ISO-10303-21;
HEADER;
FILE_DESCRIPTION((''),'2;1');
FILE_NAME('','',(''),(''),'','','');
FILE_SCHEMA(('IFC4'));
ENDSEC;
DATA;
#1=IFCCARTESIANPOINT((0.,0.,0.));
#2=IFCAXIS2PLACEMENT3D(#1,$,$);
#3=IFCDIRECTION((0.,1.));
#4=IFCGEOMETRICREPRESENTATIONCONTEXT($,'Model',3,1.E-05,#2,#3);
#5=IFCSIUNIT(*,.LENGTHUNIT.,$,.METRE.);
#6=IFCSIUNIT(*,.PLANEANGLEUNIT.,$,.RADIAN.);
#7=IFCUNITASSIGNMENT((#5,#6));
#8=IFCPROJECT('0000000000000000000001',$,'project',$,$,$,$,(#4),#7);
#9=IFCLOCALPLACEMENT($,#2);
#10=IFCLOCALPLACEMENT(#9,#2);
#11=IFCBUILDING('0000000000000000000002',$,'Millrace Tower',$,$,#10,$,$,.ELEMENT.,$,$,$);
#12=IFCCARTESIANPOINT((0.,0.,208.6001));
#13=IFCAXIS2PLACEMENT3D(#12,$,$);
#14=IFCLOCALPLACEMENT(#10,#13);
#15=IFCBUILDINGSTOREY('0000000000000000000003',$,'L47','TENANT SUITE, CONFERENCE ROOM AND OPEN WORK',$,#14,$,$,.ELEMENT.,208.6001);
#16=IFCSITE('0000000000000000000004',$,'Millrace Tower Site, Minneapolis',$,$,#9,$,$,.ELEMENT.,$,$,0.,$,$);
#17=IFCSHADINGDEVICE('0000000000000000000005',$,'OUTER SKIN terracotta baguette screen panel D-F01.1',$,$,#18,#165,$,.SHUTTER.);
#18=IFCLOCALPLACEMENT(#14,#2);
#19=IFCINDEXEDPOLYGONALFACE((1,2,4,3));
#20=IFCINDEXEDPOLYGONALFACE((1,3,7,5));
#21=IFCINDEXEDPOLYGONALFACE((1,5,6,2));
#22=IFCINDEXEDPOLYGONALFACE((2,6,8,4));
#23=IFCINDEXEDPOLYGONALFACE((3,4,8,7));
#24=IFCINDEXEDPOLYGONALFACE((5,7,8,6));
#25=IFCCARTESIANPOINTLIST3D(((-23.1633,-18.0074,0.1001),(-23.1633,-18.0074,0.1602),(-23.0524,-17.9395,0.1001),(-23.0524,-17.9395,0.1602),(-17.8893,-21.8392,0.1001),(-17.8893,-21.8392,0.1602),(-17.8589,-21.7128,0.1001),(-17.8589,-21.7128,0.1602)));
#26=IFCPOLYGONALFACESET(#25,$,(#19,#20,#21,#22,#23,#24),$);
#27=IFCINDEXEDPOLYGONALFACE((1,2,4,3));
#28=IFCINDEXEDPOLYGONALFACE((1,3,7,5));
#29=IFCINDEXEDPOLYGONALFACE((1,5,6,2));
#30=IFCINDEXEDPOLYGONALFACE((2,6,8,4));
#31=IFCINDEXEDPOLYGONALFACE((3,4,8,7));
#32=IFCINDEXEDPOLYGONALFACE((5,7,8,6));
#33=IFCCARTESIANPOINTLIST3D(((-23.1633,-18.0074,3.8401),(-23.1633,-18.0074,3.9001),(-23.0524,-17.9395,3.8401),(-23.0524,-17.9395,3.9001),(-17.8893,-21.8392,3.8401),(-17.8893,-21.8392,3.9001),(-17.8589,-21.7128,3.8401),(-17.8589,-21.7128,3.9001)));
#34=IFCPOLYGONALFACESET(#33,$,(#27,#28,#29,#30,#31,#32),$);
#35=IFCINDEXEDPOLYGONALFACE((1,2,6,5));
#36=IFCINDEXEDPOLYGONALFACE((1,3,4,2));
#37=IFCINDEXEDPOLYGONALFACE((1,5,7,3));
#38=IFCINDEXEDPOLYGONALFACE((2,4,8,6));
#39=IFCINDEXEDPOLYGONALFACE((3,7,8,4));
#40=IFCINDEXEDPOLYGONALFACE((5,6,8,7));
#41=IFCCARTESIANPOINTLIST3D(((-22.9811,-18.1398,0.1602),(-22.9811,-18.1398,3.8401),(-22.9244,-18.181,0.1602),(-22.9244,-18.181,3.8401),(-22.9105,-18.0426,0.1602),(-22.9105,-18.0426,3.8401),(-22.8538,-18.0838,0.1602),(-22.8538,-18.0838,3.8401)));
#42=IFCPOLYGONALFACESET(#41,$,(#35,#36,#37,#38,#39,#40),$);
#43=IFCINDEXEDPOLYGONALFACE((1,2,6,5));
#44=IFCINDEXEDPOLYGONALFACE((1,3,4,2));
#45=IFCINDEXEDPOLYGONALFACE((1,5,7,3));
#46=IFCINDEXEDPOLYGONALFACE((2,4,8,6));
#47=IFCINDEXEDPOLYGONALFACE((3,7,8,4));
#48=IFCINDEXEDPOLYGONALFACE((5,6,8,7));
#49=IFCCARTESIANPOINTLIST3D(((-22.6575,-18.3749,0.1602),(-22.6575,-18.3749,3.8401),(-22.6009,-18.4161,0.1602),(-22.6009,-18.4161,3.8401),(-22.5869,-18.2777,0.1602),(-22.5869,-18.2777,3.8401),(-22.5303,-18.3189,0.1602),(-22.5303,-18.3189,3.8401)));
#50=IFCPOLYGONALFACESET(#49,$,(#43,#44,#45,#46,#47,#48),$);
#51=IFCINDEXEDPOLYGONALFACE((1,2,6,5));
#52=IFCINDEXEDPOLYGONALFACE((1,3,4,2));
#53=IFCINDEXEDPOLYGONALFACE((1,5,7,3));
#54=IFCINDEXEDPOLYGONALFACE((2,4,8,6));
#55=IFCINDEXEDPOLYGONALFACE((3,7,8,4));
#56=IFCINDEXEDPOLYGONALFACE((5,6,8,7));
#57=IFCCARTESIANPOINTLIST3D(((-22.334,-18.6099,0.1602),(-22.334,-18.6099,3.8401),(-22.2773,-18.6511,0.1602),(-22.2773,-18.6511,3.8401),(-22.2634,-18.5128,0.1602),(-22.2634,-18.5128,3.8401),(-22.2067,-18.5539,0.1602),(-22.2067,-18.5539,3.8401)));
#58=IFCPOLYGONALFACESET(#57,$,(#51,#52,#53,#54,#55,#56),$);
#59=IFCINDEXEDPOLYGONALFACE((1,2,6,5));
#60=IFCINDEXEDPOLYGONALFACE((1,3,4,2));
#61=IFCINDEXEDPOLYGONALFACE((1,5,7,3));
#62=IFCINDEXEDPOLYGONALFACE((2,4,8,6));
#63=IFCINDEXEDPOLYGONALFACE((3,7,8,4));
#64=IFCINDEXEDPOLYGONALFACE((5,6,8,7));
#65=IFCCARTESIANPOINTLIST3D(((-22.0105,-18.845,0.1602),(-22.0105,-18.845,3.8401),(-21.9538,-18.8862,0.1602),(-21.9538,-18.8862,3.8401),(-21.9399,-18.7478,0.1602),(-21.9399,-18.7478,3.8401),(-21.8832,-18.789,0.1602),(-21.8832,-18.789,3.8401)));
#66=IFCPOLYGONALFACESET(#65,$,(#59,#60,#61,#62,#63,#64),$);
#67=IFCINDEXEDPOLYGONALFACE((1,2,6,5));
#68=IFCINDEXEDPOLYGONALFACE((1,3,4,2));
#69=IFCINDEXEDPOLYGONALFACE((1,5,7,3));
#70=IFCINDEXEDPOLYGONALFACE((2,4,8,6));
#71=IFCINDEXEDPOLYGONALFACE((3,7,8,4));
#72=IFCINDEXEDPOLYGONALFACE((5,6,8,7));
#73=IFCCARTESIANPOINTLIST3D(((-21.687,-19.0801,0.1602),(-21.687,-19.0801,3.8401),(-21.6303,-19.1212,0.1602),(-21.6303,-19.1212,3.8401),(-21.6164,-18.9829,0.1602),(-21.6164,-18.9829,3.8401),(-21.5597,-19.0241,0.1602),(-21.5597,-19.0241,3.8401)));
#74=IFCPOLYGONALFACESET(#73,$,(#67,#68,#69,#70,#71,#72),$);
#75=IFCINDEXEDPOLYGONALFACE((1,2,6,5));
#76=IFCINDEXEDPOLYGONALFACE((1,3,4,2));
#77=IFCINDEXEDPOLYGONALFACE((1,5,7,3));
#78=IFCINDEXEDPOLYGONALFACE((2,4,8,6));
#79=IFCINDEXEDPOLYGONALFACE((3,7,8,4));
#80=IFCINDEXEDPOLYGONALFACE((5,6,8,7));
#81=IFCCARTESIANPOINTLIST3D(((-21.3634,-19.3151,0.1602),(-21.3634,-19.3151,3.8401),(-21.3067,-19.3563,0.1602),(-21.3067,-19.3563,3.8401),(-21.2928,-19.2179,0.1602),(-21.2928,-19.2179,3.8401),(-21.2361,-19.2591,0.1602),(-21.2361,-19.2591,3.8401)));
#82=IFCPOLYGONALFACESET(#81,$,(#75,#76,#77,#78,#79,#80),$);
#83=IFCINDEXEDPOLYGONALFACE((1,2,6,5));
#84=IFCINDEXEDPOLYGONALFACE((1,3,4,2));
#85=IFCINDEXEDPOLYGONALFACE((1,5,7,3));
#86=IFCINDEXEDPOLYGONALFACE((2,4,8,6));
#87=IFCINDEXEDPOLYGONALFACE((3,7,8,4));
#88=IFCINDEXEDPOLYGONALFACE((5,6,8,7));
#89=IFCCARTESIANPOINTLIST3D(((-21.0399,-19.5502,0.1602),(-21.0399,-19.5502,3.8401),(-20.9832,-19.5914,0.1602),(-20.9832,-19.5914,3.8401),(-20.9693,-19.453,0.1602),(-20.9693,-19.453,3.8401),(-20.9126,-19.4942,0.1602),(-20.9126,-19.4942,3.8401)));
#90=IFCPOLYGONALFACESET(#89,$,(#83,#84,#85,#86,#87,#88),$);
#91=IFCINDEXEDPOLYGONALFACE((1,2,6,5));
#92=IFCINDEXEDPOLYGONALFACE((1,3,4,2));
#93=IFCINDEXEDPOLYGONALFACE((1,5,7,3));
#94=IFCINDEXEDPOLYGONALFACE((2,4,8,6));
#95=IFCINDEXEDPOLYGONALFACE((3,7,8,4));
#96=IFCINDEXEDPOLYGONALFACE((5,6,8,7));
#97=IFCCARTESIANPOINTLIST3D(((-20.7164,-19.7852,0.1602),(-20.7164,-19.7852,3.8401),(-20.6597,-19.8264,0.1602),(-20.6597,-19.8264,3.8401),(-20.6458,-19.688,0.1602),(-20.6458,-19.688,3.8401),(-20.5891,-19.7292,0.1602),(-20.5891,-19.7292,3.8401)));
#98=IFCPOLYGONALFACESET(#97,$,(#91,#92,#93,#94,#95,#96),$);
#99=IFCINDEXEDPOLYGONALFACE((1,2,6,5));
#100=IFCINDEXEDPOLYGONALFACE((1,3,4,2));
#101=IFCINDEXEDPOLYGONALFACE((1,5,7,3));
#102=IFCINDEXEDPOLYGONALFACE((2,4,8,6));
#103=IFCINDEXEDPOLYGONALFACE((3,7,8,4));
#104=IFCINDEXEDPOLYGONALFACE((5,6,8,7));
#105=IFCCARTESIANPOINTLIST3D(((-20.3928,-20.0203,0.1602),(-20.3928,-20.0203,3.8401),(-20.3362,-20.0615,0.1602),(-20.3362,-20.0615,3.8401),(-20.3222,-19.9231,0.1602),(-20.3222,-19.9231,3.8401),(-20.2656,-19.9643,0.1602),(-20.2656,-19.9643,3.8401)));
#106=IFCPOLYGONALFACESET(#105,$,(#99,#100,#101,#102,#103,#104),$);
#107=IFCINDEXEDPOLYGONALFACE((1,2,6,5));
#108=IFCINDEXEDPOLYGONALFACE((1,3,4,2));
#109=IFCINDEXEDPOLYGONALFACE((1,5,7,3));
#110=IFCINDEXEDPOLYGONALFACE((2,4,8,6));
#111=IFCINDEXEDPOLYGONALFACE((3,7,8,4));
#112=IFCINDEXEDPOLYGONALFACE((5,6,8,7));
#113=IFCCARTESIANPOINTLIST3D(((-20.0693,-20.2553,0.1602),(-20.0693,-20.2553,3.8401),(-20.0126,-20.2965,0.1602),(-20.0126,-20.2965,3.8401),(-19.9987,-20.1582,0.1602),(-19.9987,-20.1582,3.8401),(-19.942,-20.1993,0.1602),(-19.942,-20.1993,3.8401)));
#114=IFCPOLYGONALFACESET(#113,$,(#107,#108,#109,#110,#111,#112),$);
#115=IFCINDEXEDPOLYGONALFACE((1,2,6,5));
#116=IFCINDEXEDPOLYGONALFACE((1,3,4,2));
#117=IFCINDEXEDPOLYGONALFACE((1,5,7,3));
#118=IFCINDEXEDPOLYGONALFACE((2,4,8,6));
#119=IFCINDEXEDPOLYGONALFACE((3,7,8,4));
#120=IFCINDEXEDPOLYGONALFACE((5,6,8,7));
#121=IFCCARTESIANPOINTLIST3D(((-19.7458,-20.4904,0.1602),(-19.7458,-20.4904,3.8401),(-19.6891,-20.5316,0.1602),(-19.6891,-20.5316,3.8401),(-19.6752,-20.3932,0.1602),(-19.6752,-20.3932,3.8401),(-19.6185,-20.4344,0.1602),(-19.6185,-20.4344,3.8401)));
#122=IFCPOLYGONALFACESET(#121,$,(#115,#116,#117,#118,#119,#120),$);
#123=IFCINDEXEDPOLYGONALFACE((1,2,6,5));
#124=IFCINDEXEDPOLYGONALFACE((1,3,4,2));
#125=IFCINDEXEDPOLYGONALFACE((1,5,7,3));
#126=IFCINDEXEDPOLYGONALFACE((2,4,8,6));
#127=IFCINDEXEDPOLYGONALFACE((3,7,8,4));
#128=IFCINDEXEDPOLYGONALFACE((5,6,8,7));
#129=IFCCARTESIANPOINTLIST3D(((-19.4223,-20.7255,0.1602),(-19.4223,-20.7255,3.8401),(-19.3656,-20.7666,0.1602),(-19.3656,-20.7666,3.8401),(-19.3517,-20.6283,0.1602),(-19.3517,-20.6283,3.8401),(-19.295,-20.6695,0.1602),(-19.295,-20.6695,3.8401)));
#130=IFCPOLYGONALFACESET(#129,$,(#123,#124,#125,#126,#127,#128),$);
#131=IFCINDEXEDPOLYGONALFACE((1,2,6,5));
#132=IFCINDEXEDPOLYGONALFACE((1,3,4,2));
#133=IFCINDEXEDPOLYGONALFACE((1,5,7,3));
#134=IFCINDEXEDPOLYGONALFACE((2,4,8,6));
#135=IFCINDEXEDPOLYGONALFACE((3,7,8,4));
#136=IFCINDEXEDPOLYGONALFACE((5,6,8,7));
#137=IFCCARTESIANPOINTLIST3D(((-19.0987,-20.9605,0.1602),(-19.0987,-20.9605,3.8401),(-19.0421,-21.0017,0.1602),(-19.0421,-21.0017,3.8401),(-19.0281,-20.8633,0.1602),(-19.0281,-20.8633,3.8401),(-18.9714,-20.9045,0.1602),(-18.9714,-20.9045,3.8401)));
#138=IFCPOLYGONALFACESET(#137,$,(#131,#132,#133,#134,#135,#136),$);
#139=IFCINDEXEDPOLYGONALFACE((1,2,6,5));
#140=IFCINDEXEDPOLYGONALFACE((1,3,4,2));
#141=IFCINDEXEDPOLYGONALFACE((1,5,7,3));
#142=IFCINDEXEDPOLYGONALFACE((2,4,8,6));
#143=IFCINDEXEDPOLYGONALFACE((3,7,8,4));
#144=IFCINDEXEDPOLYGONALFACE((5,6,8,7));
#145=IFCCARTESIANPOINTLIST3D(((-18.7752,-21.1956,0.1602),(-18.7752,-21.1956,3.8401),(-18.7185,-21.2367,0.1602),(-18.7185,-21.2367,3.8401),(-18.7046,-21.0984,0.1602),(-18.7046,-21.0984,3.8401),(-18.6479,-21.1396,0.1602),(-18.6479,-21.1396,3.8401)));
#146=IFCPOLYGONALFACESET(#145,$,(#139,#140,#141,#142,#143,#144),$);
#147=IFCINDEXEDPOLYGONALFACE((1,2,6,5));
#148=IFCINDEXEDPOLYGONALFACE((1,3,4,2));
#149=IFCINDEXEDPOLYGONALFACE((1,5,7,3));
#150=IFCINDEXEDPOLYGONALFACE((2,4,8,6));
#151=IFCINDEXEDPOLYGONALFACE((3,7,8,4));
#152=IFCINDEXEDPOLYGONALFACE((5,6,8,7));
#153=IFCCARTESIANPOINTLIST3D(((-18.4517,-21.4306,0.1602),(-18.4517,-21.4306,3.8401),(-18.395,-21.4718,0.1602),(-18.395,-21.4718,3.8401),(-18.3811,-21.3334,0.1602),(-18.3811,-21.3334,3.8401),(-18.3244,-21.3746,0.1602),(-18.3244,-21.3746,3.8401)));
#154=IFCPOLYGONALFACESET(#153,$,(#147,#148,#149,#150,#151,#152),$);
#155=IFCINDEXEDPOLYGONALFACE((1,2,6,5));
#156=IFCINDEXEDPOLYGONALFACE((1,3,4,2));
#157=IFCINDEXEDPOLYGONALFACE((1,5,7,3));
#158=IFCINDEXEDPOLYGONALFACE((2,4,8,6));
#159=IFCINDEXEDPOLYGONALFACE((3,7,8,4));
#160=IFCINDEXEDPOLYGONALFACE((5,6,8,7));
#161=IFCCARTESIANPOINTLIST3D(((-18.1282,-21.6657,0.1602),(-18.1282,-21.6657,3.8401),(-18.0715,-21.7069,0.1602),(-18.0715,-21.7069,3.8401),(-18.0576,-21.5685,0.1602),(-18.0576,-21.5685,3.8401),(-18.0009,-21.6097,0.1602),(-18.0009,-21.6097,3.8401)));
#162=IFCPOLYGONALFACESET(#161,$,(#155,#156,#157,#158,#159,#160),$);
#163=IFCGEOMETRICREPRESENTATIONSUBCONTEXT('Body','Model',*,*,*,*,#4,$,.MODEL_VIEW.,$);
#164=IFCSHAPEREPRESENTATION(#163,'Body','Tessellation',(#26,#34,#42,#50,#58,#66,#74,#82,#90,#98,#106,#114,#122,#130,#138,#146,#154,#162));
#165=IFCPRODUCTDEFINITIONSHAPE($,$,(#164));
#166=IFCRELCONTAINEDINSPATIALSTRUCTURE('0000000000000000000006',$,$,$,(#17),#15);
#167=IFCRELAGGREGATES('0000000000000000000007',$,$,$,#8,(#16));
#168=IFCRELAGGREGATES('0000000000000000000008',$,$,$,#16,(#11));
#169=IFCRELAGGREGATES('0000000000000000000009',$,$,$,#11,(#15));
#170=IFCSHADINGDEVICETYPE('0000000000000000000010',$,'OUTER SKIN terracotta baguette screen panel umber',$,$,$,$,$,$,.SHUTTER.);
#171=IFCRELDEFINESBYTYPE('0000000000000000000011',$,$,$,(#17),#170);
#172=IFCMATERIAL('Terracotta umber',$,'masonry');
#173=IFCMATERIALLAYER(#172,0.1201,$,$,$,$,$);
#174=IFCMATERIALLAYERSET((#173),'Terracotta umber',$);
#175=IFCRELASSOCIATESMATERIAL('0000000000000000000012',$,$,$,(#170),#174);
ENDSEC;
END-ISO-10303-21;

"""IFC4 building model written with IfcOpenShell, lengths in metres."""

from ifc_helpers import new_model, entity, si_unit, direction, frame, frame_2d, origin, place, context, subcontext, project, spatial, rectangle, extrude, source, transform, mapped, material, layer, layer_set, type_object, element, save


model = new_model("IFC4")

# Units and contexts
model_context = context("Model", 3, precision=1e-05, world=origin(), true_north=direction((0.0, 1.0)))
body_context = subcontext(model_context, "Body", "Model", "MODEL_VIEW")
ifc_project = project(units=[si_unit("LENGTHUNIT", "METRE"), si_unit("PLANEANGLEUNIT", "RADIAN")], contexts=[model_context])

# Site, building, storey
site_placement = place(None, origin())
site = spatial("IfcSite", under=ifc_project, at=site_placement, Name="Millrace Tower Site, Minneapolis", CompositionType="ELEMENT", RefElevation=0.0)
building_placement = place(site_placement, origin())
building = spatial("IfcBuilding", under=site, at=building_placement, Name="Millrace Tower", CompositionType="ELEMENT")
storey_placement = place(building_placement, frame((0.0, 0.0, 208.6001)))
storey = spatial("IfcBuildingStorey", under=building, at=storey_placement, Name="L47", Description="TENANT SUITE, CONFERENCE ROOM AND OPEN WORK", CompositionType="ELEMENT", Elevation=208.6001)

# Shading device
ifc_material_1 = material(Name="Terracotta umber", Category="masonry")
ifc_layer_1 = layer(ifc_material_1, 0.1201)
ifc_layer_set_1 = layer_set([ifc_layer_1], Name="Terracotta umber")
shading_device_type = type_object("IfcShadingDeviceType", Name="OUTER SKIN terracotta baguette screen panel umber", PredefinedType="SHUTTER", material=ifc_layer_set_1)
cartesian_point_1 = entity("IfcCartesianPoint", [-3.2097, 0.0601])
shared_polyline_1 = entity("IfcPolyline", [cartesian_point_1, entity("IfcCartesianPoint", [3.2097, 0.0601]), entity("IfcCartesianPoint", [3.2595, -0.0601]), entity("IfcCartesianPoint", [-3.2595, -0.0601]), cartesian_point_1])
shared_shape_1 = source(origin(), body_context, "Body", "SweptSolid", [
    entity("IfcExtrudedAreaSolid", entity("IfcArbitraryClosedProfileDef", "AREA", None, shared_polyline_1), entity("IfcAxis2Placement3D", entity("IfcCartesianPoint", [0.0, 0.0, 0.0])), entity("IfcDirection", [0.0, 0.0, 1.0]), 0.0601),
    entity("IfcExtrudedAreaSolid", entity("IfcArbitraryClosedProfileDef", "AREA", None, shared_polyline_1), entity("IfcAxis2Placement3D", entity("IfcCartesianPoint", [0.0, 0.0, 3.74])), entity("IfcDirection", [0.0, 0.0, 1.0]), 0.0601),
    extrude(rectangle(XDim=0.0701, YDim=0.1201, at=frame_2d((-2.9993, 0.0))), frame((0.0, 0.0, 0.0601)), (0.0, 0.0, 1.0), 3.6799),
    extrude(rectangle(XDim=0.0701, YDim=0.1201, at=frame_2d((-2.5994, 0.0))), frame((0.0, 0.0, 0.0601)), (0.0, 0.0, 1.0), 3.6799),
    extrude(rectangle(XDim=0.0701, YDim=0.1201, at=frame_2d((-2.1995, 0.0))), frame((0.0, 0.0, 0.0601)), (0.0, 0.0, 1.0), 3.6799),
    extrude(rectangle(XDim=0.0701, YDim=0.1201, at=frame_2d((-1.7996, 0.0))), frame((0.0, 0.0, 0.0601)), (0.0, 0.0, 1.0), 3.6799),
    extrude(rectangle(XDim=0.0701, YDim=0.1201, at=frame_2d((-1.3997, 0.0))), frame((0.0, 0.0, 0.0601)), (0.0, 0.0, 1.0), 3.6799),
    extrude(rectangle(XDim=0.0701, YDim=0.1201, at=frame_2d((-0.9998, 0.0))), frame((0.0, 0.0, 0.0601)), (0.0, 0.0, 1.0), 3.6799),
    extrude(rectangle(XDim=0.0701, YDim=0.1201, at=frame_2d((-0.5999, 0.0))), frame((0.0, 0.0, 0.0601)), (0.0, 0.0, 1.0), 3.6799),
    extrude(rectangle(XDim=0.0701, YDim=0.1201, at=frame_2d((-0.2, 0.0))), frame((0.0, 0.0, 0.0601)), (0.0, 0.0, 1.0), 3.6799),
    extrude(rectangle(XDim=0.0701, YDim=0.1201, at=frame_2d((0.2, 0.0))), frame((0.0, 0.0, 0.0601)), (0.0, 0.0, 1.0), 3.6799),
    extrude(rectangle(XDim=0.0701, YDim=0.1201, at=frame_2d((0.5999, 0.0))), frame((0.0, 0.0, 0.0601)), (0.0, 0.0, 1.0), 3.6799),
    extrude(rectangle(XDim=0.0701, YDim=0.1201, at=frame_2d((0.9998, 0.0))), frame((0.0, 0.0, 0.0601)), (0.0, 0.0, 1.0), 3.6799),
    extrude(rectangle(XDim=0.0701, YDim=0.1201, at=frame_2d((1.3997, 0.0))), frame((0.0, 0.0, 0.0601)), (0.0, 0.0, 1.0), 3.6799),
    extrude(rectangle(XDim=0.0701, YDim=0.1201, at=frame_2d((1.7996, 0.0))), frame((0.0, 0.0, 0.0601)), (0.0, 0.0, 1.0), 3.6799),
    extrude(rectangle(XDim=0.0701, YDim=0.1201, at=frame_2d((2.1995, 0.0))), frame((0.0, 0.0, 0.0601)), (0.0, 0.0, 1.0), 3.6799),
    extrude(rectangle(XDim=0.0701, YDim=0.1201, at=frame_2d((2.5994, 0.0))), frame((0.0, 0.0, 0.0601)), (0.0, 0.0, 1.0), 3.6799),
    extrude(rectangle(XDim=0.0701, YDim=0.1201, at=frame_2d((2.9993, 0.0))), frame((0.0, 0.0, 0.0601)), (0.0, 0.0, 1.0), 3.6799),
])
shading_device_1_placement = place(storey_placement, frame((-20.491, -19.8748, 0.1001), z_axis=(0.0, 0.0, 1.0), x_axis=(0.809017, -0.587785, 0.0)))
element("IfcShadingDevice", 1, at=shading_device_1_placement, inside=storey, type_object=shading_device_type, Name="OUTER SKIN terracotta baguette screen panel D-F01.1", PredefinedType="SHUTTER", context=body_context, shape_type="MappedRepresentation", body=[
    mapped(shared_shape_1, transform((0.0, 0.0, 0.0), scale=1.0)),
])

save(model, "model.ifc")
